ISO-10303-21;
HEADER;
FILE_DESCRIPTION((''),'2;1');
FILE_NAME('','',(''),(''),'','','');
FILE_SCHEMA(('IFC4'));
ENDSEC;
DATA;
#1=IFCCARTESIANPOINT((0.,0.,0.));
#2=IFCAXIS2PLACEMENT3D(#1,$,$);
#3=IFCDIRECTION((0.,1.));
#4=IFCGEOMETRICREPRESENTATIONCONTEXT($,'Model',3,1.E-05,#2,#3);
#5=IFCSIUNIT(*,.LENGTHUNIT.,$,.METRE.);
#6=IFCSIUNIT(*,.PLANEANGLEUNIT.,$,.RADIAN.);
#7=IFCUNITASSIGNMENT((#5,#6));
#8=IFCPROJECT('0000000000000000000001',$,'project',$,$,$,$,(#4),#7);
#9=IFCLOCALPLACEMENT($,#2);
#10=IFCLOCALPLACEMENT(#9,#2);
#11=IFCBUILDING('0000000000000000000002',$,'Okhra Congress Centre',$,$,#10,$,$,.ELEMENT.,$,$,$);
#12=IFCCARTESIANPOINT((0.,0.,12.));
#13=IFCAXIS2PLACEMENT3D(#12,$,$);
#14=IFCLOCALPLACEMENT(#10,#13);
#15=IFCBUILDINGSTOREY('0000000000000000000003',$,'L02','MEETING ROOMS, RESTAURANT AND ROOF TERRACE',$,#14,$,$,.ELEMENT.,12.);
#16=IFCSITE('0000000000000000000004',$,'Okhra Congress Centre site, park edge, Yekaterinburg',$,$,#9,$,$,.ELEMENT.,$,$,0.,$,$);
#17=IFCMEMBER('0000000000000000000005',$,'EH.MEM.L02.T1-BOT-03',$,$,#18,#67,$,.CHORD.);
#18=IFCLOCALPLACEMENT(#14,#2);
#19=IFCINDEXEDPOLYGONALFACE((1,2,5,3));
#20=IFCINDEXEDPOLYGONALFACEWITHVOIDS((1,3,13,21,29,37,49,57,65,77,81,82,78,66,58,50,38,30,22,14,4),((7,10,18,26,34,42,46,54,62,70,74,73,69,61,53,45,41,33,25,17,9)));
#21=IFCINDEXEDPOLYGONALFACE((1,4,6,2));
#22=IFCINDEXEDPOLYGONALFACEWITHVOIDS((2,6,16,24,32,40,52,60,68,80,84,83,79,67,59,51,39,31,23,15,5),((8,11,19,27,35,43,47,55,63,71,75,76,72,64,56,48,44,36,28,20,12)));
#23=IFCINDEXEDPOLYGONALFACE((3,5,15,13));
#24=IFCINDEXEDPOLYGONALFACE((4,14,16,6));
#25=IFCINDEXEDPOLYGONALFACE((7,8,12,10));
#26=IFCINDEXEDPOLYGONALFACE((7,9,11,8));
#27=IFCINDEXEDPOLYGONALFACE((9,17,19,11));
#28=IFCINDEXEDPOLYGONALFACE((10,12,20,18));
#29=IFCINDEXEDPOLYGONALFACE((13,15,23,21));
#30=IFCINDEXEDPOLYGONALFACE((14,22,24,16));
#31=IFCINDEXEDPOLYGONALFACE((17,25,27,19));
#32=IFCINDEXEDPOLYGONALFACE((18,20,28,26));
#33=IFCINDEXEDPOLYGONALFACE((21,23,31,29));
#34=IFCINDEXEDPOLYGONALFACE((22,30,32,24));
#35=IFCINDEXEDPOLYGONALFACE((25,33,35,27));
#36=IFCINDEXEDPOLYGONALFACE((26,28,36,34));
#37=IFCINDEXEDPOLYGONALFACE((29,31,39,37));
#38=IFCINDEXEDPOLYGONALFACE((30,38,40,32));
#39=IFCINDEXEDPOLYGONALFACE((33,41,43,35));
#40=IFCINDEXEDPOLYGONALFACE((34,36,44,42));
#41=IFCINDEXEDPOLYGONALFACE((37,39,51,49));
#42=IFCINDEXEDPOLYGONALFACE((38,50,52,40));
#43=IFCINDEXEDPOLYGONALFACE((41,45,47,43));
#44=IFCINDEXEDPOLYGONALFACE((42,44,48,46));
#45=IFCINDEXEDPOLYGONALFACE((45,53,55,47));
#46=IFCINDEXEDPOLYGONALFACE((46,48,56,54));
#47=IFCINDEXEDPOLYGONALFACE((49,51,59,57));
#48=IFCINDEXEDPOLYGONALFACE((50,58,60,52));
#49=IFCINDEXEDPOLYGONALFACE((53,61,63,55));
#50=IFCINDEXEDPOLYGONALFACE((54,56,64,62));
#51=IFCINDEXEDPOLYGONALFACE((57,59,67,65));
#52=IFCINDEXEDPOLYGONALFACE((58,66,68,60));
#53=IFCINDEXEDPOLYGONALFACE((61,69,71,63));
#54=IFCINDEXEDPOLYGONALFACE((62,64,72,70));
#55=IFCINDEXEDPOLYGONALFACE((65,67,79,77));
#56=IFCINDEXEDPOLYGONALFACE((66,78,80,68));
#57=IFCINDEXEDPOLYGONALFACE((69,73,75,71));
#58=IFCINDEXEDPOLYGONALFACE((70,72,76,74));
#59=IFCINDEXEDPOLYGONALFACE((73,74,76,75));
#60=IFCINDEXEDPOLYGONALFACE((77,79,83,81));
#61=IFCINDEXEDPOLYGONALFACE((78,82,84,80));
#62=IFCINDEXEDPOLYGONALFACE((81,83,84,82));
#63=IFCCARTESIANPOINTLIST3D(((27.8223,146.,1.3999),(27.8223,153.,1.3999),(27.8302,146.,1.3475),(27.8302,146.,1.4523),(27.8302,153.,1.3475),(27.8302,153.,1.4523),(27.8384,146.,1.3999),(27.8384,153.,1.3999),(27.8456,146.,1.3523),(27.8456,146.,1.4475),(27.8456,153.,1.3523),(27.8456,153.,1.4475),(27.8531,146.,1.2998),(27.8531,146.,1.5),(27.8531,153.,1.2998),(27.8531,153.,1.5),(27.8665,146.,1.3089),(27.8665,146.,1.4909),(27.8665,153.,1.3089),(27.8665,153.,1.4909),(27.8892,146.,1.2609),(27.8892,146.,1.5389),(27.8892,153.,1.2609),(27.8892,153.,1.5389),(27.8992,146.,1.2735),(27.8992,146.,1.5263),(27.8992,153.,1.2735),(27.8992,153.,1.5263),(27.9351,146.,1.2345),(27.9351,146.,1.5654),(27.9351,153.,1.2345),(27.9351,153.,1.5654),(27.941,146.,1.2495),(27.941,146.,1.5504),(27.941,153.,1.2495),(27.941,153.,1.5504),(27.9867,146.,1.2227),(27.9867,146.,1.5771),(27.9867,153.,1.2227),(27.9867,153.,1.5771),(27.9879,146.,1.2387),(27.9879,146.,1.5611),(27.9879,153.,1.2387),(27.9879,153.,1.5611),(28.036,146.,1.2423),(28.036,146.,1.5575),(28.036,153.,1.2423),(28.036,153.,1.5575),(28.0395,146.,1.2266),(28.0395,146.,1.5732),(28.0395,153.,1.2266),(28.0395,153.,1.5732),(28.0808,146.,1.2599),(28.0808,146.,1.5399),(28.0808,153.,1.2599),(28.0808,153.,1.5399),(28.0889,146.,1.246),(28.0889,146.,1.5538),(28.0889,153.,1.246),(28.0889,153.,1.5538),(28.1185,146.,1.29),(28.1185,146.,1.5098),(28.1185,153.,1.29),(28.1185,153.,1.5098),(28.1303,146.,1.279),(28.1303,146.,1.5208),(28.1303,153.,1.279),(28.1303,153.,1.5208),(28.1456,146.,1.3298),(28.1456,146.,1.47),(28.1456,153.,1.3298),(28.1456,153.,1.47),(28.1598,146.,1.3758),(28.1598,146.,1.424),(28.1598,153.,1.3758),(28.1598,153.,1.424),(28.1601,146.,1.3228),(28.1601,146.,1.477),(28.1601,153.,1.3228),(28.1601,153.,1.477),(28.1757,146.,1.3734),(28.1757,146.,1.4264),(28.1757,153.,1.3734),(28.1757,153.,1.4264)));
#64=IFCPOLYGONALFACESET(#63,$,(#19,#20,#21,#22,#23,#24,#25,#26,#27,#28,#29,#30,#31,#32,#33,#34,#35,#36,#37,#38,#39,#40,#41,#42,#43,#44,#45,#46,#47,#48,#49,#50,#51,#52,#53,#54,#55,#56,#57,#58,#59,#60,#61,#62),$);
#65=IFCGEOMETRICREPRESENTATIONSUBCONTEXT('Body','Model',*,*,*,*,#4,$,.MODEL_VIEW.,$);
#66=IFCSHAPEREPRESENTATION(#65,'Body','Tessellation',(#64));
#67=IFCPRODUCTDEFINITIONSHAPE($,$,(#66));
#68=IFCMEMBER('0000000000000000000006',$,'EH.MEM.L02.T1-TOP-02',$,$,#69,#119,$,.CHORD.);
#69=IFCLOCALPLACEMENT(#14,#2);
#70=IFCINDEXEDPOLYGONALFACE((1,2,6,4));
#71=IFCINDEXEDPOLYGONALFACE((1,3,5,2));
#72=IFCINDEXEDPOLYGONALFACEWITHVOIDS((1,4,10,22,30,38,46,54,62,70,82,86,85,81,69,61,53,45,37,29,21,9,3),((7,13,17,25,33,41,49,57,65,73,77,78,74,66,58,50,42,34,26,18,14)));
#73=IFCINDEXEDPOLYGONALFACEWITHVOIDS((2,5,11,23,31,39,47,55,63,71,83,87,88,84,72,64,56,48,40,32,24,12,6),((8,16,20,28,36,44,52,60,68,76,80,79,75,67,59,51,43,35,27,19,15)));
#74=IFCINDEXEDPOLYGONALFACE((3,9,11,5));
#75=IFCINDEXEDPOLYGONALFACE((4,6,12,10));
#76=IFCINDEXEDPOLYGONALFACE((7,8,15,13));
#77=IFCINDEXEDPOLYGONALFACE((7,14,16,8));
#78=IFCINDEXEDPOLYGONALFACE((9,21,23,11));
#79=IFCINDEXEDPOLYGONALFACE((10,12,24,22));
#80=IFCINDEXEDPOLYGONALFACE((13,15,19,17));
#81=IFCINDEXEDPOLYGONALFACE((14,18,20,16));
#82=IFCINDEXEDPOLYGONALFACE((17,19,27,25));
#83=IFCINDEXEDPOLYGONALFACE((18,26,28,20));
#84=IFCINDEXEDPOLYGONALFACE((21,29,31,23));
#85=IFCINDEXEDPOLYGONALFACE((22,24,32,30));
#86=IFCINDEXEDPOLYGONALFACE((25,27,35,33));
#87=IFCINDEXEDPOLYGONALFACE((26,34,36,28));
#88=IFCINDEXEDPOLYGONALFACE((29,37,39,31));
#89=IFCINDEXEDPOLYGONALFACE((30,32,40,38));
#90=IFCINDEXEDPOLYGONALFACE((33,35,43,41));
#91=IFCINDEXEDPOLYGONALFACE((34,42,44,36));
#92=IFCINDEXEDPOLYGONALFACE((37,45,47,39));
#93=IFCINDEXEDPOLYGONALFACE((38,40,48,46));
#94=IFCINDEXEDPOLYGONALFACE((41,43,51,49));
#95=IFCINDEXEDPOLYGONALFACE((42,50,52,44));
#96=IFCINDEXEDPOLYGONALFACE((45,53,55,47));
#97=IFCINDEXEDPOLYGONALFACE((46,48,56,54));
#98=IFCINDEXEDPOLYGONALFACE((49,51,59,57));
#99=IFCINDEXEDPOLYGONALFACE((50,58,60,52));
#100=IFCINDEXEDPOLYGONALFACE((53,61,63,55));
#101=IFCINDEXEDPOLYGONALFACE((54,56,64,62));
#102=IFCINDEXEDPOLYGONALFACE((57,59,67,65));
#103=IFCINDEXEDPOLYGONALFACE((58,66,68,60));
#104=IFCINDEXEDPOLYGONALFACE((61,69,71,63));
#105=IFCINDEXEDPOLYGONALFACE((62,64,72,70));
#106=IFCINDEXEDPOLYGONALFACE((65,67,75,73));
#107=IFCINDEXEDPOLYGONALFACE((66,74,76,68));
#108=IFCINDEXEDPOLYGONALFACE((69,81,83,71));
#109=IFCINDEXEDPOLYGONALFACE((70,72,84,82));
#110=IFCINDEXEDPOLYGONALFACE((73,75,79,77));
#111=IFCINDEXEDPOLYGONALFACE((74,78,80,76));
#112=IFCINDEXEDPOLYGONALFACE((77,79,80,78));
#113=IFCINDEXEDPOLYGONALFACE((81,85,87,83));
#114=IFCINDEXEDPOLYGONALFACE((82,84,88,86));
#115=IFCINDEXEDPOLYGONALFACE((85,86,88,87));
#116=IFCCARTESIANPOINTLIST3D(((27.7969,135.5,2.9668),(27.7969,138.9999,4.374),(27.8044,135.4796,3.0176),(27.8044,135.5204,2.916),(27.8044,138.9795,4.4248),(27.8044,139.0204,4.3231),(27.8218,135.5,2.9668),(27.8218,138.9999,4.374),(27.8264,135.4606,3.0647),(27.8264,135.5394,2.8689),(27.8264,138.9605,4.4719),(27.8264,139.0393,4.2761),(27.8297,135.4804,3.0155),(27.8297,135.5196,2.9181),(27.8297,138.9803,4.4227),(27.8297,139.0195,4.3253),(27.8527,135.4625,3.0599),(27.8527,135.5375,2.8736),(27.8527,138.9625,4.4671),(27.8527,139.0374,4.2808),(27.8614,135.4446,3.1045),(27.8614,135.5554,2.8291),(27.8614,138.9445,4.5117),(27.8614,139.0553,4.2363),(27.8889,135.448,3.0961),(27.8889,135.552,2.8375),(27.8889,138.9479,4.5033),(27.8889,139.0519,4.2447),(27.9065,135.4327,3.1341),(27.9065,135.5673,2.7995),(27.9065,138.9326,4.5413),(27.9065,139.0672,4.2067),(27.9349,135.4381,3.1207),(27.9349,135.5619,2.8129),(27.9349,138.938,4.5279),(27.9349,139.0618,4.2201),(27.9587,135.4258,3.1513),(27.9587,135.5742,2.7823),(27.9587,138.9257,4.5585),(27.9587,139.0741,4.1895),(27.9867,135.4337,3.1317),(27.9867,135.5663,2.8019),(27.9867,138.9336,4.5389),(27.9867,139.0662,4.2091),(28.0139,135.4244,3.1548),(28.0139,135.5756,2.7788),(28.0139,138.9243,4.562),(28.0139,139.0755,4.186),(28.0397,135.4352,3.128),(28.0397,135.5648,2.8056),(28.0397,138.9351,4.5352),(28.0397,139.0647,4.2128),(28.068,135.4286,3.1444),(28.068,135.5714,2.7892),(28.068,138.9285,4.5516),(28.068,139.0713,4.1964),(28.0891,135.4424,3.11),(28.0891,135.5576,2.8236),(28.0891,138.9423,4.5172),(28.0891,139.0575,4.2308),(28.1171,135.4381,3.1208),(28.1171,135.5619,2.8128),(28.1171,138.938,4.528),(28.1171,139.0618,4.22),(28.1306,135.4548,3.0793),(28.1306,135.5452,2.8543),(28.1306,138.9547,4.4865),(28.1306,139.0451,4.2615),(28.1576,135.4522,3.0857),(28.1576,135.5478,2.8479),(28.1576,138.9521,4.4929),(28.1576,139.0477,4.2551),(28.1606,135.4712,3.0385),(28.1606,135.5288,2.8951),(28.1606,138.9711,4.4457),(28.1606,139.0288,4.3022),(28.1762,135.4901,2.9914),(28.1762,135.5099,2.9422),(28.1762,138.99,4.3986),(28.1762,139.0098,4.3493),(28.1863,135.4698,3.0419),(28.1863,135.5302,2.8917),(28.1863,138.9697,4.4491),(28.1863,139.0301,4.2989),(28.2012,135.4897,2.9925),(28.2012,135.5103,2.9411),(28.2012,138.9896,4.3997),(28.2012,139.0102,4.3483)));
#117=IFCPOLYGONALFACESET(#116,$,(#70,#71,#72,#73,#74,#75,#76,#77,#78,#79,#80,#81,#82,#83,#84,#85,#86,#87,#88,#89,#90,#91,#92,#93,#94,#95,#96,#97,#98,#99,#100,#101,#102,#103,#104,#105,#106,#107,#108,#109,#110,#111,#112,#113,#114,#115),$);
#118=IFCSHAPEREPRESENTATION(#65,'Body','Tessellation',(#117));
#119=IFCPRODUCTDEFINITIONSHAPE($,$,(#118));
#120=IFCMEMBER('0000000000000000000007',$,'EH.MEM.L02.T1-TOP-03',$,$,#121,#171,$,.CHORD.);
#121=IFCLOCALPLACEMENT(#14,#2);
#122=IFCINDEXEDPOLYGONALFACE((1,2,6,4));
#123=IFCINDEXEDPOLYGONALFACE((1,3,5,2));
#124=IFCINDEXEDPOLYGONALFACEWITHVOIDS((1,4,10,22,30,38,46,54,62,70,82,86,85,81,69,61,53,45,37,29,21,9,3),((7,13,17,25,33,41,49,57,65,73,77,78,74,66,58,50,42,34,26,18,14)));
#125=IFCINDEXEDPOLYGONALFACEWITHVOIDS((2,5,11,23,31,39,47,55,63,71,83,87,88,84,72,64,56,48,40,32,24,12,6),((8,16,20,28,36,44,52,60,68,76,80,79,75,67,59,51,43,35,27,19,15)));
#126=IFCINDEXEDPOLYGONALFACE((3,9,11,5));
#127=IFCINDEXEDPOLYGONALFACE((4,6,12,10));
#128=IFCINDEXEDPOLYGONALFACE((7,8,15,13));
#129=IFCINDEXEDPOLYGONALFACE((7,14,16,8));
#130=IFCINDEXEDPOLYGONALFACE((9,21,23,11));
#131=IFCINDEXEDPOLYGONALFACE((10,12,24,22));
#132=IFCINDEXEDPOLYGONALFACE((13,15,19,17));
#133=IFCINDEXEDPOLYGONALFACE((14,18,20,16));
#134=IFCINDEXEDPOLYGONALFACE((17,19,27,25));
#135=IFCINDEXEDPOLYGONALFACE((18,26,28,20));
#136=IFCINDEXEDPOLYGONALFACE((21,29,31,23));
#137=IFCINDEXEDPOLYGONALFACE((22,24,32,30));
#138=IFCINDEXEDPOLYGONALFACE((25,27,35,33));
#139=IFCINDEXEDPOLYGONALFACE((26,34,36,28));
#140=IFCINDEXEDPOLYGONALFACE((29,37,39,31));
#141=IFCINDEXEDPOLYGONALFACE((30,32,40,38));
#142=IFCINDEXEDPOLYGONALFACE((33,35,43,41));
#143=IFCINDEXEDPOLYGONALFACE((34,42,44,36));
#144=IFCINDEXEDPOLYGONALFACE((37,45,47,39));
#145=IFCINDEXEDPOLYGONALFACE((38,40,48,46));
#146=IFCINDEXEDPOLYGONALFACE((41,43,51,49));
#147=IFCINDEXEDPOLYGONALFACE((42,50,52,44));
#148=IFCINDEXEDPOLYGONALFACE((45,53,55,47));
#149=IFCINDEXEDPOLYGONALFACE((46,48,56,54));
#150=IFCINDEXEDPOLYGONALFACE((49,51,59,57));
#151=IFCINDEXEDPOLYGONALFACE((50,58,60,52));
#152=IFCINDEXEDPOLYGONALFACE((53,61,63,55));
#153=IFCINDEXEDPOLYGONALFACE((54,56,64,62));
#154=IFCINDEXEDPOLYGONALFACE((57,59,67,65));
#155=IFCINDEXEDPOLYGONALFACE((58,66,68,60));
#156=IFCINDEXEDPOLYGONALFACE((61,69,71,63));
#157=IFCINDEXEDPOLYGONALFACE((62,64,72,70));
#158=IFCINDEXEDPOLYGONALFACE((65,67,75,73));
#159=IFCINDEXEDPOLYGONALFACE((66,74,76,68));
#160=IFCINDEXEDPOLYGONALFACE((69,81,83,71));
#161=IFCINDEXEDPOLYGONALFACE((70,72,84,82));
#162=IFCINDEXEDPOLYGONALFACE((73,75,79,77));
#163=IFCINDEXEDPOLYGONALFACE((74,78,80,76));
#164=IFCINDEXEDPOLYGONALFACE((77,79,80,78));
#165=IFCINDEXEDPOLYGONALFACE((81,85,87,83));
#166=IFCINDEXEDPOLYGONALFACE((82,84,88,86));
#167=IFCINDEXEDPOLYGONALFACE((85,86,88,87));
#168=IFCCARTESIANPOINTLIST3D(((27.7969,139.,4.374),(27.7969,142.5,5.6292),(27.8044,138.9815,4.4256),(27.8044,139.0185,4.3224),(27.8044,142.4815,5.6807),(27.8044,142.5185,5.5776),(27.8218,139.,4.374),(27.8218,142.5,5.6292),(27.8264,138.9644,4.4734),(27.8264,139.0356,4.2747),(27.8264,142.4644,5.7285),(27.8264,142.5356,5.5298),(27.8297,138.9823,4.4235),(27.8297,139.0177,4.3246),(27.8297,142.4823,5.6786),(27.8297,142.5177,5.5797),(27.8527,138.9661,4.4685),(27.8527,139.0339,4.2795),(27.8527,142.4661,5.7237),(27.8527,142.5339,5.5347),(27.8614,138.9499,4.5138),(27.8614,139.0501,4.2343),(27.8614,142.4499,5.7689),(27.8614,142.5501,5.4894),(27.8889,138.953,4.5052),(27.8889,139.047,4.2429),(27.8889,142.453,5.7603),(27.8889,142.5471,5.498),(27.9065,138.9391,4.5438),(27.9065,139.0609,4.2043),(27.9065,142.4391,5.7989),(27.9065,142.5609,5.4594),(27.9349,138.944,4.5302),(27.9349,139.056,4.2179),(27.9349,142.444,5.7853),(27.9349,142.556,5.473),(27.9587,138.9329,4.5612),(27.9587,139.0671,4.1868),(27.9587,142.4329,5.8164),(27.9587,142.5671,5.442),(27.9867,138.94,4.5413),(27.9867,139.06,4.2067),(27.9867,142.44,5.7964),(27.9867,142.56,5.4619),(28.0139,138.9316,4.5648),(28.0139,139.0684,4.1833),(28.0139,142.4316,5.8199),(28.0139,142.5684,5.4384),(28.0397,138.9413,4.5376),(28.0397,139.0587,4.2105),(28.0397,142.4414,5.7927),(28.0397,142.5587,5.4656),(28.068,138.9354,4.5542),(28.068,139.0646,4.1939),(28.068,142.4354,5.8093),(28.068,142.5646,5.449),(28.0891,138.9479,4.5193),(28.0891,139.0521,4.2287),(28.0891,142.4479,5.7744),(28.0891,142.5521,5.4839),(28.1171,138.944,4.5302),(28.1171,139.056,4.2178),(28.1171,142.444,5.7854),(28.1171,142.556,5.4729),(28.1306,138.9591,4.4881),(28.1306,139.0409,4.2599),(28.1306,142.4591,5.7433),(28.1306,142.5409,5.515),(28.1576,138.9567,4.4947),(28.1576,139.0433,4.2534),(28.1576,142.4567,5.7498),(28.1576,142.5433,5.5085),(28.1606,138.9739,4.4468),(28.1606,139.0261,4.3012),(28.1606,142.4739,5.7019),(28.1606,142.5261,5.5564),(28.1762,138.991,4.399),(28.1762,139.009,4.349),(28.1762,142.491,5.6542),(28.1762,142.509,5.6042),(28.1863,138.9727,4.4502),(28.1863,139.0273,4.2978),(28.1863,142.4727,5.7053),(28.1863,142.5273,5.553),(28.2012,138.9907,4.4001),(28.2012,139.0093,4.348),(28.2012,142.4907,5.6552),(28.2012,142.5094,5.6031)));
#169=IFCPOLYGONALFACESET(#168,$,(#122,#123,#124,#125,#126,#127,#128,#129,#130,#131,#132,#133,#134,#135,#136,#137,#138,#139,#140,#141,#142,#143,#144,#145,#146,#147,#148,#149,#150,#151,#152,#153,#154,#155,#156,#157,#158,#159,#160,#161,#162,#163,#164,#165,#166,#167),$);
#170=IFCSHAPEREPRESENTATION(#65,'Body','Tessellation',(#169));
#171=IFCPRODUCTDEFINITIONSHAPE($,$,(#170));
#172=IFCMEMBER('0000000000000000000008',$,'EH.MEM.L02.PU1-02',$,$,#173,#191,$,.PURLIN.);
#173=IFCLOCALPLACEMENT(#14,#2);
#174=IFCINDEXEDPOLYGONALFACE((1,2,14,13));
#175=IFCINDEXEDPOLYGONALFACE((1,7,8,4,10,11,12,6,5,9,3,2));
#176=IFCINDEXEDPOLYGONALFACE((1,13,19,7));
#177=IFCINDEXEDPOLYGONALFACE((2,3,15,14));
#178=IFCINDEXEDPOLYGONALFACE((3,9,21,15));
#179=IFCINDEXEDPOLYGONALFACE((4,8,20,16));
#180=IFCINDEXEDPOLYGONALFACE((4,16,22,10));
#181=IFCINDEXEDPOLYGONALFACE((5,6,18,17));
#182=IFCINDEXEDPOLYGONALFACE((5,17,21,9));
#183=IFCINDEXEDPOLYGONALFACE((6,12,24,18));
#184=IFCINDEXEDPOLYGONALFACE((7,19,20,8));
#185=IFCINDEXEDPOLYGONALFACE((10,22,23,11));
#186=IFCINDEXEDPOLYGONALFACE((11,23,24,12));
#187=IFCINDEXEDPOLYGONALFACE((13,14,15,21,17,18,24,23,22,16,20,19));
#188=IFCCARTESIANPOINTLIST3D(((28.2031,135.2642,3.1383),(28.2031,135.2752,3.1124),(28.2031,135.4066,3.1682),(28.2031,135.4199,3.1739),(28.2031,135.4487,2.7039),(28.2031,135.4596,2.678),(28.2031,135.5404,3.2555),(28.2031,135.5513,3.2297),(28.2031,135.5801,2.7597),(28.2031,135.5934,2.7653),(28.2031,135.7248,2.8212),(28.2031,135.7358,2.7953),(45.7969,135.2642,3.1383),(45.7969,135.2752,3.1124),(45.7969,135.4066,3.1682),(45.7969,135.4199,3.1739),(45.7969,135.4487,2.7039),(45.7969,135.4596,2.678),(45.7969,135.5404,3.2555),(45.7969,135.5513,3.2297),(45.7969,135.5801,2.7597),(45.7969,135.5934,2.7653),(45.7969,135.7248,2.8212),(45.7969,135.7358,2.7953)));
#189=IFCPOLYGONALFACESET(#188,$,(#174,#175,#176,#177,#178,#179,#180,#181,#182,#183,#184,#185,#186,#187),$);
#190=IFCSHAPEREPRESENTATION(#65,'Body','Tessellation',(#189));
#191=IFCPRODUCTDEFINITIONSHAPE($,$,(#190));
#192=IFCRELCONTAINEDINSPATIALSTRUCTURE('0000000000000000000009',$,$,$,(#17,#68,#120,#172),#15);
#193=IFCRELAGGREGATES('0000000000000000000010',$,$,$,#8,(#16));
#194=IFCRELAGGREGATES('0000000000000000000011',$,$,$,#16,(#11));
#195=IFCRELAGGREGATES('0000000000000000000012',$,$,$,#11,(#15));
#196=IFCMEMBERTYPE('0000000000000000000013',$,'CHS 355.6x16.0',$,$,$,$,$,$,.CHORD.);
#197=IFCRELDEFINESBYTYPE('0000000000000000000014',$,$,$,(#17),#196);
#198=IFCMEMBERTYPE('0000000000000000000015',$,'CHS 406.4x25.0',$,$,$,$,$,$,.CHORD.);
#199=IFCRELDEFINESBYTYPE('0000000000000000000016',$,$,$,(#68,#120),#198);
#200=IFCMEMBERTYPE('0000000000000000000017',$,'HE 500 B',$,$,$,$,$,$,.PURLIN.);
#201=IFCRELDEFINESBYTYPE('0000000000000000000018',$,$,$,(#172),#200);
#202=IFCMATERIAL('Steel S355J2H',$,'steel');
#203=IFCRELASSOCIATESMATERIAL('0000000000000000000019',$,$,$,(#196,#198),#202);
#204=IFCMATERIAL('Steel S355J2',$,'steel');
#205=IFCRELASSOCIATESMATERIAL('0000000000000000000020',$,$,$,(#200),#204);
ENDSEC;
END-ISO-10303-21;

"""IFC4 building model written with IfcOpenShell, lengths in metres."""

from ifc_helpers import new_model, si_unit, direction, frame, origin, origin_2d, place, context, subcontext, project, spatial, hollow_circle, i_section, extrude, material, material_profile, profile_set, type_object, element, save


model = new_model("IFC4")

# Units and contexts
model_context = context("Model", 3, precision=1e-05, world=origin(), true_north=direction((0.0, 1.0)))
body_context = subcontext(model_context, "Body", "Model", "MODEL_VIEW")
ifc_project = project(units=[si_unit("LENGTHUNIT", "METRE"), si_unit("PLANEANGLEUNIT", "RADIAN")], contexts=[model_context])

# Site, building, storey
site_placement = place(None, origin())
site = spatial("IfcSite", under=ifc_project, at=site_placement, Name="Okhra Congress Centre site, park edge, Yekaterinburg", CompositionType="ELEMENT", RefElevation=0.0)
building_placement = place(site_placement, origin())
building = spatial("IfcBuilding", under=site, at=building_placement, Name="Okhra Congress Centre", CompositionType="ELEMENT")
storey_placement = place(building_placement, frame((0.0, 0.0, 12.0)))
storey = spatial("IfcBuildingStorey", under=building, at=storey_placement, Name="L02", Description="MEETING ROOMS, RESTAURANT AND ROOF TERRACE", CompositionType="ELEMENT", Elevation=12.0)

# Shared definitions
ifc_material_1 = material(Name="Steel S355J2", Category="steel")

# Members
ifc_material_2 = material(Name="Steel S355J2H", Category="steel")
ifc_material_profile_1 = material_profile(ifc_material_2, hollow_circle(Radius=0.1777, WallThickness=0.0161, at=origin_2d()), Name="CHS 355.6x16.0")
ifc_profile_set_1 = profile_set([ifc_material_profile_1], Name="Steel S355J2H")
member_type_1 = type_object("IfcMemberType", Name="CHS 355.6x16.0", PredefinedType="CHORD", material=ifc_profile_set_1)
for number, where, z_axis, x_axis, name in (
    (1, (28.0, 146.0, 1.3999), (0.0, 1.0, 0.0), (-1.0, 0.0, 0.0), "EH.MEM.L02.T1-BOT-03"),
):
    element("IfcMember", number, at=place(storey_placement, frame(where, z_axis=z_axis, x_axis=x_axis)), inside=storey, type_object=member_type_1, Name=name, PredefinedType="CHORD", context=body_context, shape_type="SweptSolid", body=[
        extrude(hollow_circle(Radius=0.1777, WallThickness=0.0161, at=origin_2d()), origin(), (0.0, 0.0, 1.0), 7.0),
    ])
ifc_material_profile_2 = material_profile(ifc_material_2, hollow_circle(Radius=0.2031, WallThickness=0.0249, at=origin_2d()), Name="CHS 406.4x25.0")
ifc_profile_set_2 = profile_set([ifc_material_profile_2], Name="Steel S355J2H")
member_type_2 = type_object("IfcMemberType", Name="CHS 406.4x25.0", PredefinedType="CHORD", material=ifc_profile_set_2)
member_1_placement = place(storey_placement, frame((28.0, 135.5, 2.9668), z_axis=(0.0, 0.927815, 0.373042), x_axis=(-1.0, 0.0, 0.0)))
element("IfcMember", 2, at=member_1_placement, inside=storey, type_object=member_type_2, Name="EH.MEM.L02.T1-TOP-02", PredefinedType="CHORD", context=body_context, shape_type="SweptSolid", body=[
    extrude(hollow_circle(Radius=0.2031, WallThickness=0.0249, at=origin_2d()), origin(), (0.0, 0.0, 1.0), 3.7722),
])
member_2_placement = place(storey_placement, frame((28.0, 139.0, 4.374), z_axis=(0.0, 0.941304, 0.337559), x_axis=(-1.0, 0.0, 0.0)))
element("IfcMember", 3, at=member_2_placement, inside=storey, type_object=member_type_2, Name="EH.MEM.L02.T1-TOP-03", PredefinedType="CHORD", context=body_context, shape_type="SweptSolid", body=[
    extrude(hollow_circle(Radius=0.2031, WallThickness=0.0249, at=origin_2d()), origin(), (0.0, 0.0, 1.0), 3.7183),
])
ifc_material_profile_3 = material_profile(ifc_material_1, i_section(OverallWidth=0.3, OverallDepth=0.5, WebThickness=0.0144, FlangeThickness=0.0281, at=origin_2d()), Name="HE 500 B")
ifc_profile_set_3 = profile_set([ifc_material_profile_3], Name="Steel S355J2")
member_type_3 = type_object("IfcMemberType", Name="HE 500 B", PredefinedType="PURLIN", material=ifc_profile_set_3)
for number, where, z_axis, x_axis, name in (
    (4, (28.2031, 135.5, 2.9668), (1.0, 0.0, 0.0), (0.0, 0.920437, 0.39089), "EH.MEM.L02.PU1-02"),
):
    element("IfcMember", number, at=place(storey_placement, frame(where, z_axis=z_axis, x_axis=x_axis)), inside=storey, type_object=member_type_3, Name=name, PredefinedType="PURLIN", context=body_context, shape_type="SweptSolid", body=[
        extrude(i_section(OverallWidth=0.3, OverallDepth=0.5, WebThickness=0.0144, FlangeThickness=0.0281, at=origin_2d()), origin(), (0.0, 0.0, 1.0), 17.5938),
    ])

save(model, "model.ifc")
